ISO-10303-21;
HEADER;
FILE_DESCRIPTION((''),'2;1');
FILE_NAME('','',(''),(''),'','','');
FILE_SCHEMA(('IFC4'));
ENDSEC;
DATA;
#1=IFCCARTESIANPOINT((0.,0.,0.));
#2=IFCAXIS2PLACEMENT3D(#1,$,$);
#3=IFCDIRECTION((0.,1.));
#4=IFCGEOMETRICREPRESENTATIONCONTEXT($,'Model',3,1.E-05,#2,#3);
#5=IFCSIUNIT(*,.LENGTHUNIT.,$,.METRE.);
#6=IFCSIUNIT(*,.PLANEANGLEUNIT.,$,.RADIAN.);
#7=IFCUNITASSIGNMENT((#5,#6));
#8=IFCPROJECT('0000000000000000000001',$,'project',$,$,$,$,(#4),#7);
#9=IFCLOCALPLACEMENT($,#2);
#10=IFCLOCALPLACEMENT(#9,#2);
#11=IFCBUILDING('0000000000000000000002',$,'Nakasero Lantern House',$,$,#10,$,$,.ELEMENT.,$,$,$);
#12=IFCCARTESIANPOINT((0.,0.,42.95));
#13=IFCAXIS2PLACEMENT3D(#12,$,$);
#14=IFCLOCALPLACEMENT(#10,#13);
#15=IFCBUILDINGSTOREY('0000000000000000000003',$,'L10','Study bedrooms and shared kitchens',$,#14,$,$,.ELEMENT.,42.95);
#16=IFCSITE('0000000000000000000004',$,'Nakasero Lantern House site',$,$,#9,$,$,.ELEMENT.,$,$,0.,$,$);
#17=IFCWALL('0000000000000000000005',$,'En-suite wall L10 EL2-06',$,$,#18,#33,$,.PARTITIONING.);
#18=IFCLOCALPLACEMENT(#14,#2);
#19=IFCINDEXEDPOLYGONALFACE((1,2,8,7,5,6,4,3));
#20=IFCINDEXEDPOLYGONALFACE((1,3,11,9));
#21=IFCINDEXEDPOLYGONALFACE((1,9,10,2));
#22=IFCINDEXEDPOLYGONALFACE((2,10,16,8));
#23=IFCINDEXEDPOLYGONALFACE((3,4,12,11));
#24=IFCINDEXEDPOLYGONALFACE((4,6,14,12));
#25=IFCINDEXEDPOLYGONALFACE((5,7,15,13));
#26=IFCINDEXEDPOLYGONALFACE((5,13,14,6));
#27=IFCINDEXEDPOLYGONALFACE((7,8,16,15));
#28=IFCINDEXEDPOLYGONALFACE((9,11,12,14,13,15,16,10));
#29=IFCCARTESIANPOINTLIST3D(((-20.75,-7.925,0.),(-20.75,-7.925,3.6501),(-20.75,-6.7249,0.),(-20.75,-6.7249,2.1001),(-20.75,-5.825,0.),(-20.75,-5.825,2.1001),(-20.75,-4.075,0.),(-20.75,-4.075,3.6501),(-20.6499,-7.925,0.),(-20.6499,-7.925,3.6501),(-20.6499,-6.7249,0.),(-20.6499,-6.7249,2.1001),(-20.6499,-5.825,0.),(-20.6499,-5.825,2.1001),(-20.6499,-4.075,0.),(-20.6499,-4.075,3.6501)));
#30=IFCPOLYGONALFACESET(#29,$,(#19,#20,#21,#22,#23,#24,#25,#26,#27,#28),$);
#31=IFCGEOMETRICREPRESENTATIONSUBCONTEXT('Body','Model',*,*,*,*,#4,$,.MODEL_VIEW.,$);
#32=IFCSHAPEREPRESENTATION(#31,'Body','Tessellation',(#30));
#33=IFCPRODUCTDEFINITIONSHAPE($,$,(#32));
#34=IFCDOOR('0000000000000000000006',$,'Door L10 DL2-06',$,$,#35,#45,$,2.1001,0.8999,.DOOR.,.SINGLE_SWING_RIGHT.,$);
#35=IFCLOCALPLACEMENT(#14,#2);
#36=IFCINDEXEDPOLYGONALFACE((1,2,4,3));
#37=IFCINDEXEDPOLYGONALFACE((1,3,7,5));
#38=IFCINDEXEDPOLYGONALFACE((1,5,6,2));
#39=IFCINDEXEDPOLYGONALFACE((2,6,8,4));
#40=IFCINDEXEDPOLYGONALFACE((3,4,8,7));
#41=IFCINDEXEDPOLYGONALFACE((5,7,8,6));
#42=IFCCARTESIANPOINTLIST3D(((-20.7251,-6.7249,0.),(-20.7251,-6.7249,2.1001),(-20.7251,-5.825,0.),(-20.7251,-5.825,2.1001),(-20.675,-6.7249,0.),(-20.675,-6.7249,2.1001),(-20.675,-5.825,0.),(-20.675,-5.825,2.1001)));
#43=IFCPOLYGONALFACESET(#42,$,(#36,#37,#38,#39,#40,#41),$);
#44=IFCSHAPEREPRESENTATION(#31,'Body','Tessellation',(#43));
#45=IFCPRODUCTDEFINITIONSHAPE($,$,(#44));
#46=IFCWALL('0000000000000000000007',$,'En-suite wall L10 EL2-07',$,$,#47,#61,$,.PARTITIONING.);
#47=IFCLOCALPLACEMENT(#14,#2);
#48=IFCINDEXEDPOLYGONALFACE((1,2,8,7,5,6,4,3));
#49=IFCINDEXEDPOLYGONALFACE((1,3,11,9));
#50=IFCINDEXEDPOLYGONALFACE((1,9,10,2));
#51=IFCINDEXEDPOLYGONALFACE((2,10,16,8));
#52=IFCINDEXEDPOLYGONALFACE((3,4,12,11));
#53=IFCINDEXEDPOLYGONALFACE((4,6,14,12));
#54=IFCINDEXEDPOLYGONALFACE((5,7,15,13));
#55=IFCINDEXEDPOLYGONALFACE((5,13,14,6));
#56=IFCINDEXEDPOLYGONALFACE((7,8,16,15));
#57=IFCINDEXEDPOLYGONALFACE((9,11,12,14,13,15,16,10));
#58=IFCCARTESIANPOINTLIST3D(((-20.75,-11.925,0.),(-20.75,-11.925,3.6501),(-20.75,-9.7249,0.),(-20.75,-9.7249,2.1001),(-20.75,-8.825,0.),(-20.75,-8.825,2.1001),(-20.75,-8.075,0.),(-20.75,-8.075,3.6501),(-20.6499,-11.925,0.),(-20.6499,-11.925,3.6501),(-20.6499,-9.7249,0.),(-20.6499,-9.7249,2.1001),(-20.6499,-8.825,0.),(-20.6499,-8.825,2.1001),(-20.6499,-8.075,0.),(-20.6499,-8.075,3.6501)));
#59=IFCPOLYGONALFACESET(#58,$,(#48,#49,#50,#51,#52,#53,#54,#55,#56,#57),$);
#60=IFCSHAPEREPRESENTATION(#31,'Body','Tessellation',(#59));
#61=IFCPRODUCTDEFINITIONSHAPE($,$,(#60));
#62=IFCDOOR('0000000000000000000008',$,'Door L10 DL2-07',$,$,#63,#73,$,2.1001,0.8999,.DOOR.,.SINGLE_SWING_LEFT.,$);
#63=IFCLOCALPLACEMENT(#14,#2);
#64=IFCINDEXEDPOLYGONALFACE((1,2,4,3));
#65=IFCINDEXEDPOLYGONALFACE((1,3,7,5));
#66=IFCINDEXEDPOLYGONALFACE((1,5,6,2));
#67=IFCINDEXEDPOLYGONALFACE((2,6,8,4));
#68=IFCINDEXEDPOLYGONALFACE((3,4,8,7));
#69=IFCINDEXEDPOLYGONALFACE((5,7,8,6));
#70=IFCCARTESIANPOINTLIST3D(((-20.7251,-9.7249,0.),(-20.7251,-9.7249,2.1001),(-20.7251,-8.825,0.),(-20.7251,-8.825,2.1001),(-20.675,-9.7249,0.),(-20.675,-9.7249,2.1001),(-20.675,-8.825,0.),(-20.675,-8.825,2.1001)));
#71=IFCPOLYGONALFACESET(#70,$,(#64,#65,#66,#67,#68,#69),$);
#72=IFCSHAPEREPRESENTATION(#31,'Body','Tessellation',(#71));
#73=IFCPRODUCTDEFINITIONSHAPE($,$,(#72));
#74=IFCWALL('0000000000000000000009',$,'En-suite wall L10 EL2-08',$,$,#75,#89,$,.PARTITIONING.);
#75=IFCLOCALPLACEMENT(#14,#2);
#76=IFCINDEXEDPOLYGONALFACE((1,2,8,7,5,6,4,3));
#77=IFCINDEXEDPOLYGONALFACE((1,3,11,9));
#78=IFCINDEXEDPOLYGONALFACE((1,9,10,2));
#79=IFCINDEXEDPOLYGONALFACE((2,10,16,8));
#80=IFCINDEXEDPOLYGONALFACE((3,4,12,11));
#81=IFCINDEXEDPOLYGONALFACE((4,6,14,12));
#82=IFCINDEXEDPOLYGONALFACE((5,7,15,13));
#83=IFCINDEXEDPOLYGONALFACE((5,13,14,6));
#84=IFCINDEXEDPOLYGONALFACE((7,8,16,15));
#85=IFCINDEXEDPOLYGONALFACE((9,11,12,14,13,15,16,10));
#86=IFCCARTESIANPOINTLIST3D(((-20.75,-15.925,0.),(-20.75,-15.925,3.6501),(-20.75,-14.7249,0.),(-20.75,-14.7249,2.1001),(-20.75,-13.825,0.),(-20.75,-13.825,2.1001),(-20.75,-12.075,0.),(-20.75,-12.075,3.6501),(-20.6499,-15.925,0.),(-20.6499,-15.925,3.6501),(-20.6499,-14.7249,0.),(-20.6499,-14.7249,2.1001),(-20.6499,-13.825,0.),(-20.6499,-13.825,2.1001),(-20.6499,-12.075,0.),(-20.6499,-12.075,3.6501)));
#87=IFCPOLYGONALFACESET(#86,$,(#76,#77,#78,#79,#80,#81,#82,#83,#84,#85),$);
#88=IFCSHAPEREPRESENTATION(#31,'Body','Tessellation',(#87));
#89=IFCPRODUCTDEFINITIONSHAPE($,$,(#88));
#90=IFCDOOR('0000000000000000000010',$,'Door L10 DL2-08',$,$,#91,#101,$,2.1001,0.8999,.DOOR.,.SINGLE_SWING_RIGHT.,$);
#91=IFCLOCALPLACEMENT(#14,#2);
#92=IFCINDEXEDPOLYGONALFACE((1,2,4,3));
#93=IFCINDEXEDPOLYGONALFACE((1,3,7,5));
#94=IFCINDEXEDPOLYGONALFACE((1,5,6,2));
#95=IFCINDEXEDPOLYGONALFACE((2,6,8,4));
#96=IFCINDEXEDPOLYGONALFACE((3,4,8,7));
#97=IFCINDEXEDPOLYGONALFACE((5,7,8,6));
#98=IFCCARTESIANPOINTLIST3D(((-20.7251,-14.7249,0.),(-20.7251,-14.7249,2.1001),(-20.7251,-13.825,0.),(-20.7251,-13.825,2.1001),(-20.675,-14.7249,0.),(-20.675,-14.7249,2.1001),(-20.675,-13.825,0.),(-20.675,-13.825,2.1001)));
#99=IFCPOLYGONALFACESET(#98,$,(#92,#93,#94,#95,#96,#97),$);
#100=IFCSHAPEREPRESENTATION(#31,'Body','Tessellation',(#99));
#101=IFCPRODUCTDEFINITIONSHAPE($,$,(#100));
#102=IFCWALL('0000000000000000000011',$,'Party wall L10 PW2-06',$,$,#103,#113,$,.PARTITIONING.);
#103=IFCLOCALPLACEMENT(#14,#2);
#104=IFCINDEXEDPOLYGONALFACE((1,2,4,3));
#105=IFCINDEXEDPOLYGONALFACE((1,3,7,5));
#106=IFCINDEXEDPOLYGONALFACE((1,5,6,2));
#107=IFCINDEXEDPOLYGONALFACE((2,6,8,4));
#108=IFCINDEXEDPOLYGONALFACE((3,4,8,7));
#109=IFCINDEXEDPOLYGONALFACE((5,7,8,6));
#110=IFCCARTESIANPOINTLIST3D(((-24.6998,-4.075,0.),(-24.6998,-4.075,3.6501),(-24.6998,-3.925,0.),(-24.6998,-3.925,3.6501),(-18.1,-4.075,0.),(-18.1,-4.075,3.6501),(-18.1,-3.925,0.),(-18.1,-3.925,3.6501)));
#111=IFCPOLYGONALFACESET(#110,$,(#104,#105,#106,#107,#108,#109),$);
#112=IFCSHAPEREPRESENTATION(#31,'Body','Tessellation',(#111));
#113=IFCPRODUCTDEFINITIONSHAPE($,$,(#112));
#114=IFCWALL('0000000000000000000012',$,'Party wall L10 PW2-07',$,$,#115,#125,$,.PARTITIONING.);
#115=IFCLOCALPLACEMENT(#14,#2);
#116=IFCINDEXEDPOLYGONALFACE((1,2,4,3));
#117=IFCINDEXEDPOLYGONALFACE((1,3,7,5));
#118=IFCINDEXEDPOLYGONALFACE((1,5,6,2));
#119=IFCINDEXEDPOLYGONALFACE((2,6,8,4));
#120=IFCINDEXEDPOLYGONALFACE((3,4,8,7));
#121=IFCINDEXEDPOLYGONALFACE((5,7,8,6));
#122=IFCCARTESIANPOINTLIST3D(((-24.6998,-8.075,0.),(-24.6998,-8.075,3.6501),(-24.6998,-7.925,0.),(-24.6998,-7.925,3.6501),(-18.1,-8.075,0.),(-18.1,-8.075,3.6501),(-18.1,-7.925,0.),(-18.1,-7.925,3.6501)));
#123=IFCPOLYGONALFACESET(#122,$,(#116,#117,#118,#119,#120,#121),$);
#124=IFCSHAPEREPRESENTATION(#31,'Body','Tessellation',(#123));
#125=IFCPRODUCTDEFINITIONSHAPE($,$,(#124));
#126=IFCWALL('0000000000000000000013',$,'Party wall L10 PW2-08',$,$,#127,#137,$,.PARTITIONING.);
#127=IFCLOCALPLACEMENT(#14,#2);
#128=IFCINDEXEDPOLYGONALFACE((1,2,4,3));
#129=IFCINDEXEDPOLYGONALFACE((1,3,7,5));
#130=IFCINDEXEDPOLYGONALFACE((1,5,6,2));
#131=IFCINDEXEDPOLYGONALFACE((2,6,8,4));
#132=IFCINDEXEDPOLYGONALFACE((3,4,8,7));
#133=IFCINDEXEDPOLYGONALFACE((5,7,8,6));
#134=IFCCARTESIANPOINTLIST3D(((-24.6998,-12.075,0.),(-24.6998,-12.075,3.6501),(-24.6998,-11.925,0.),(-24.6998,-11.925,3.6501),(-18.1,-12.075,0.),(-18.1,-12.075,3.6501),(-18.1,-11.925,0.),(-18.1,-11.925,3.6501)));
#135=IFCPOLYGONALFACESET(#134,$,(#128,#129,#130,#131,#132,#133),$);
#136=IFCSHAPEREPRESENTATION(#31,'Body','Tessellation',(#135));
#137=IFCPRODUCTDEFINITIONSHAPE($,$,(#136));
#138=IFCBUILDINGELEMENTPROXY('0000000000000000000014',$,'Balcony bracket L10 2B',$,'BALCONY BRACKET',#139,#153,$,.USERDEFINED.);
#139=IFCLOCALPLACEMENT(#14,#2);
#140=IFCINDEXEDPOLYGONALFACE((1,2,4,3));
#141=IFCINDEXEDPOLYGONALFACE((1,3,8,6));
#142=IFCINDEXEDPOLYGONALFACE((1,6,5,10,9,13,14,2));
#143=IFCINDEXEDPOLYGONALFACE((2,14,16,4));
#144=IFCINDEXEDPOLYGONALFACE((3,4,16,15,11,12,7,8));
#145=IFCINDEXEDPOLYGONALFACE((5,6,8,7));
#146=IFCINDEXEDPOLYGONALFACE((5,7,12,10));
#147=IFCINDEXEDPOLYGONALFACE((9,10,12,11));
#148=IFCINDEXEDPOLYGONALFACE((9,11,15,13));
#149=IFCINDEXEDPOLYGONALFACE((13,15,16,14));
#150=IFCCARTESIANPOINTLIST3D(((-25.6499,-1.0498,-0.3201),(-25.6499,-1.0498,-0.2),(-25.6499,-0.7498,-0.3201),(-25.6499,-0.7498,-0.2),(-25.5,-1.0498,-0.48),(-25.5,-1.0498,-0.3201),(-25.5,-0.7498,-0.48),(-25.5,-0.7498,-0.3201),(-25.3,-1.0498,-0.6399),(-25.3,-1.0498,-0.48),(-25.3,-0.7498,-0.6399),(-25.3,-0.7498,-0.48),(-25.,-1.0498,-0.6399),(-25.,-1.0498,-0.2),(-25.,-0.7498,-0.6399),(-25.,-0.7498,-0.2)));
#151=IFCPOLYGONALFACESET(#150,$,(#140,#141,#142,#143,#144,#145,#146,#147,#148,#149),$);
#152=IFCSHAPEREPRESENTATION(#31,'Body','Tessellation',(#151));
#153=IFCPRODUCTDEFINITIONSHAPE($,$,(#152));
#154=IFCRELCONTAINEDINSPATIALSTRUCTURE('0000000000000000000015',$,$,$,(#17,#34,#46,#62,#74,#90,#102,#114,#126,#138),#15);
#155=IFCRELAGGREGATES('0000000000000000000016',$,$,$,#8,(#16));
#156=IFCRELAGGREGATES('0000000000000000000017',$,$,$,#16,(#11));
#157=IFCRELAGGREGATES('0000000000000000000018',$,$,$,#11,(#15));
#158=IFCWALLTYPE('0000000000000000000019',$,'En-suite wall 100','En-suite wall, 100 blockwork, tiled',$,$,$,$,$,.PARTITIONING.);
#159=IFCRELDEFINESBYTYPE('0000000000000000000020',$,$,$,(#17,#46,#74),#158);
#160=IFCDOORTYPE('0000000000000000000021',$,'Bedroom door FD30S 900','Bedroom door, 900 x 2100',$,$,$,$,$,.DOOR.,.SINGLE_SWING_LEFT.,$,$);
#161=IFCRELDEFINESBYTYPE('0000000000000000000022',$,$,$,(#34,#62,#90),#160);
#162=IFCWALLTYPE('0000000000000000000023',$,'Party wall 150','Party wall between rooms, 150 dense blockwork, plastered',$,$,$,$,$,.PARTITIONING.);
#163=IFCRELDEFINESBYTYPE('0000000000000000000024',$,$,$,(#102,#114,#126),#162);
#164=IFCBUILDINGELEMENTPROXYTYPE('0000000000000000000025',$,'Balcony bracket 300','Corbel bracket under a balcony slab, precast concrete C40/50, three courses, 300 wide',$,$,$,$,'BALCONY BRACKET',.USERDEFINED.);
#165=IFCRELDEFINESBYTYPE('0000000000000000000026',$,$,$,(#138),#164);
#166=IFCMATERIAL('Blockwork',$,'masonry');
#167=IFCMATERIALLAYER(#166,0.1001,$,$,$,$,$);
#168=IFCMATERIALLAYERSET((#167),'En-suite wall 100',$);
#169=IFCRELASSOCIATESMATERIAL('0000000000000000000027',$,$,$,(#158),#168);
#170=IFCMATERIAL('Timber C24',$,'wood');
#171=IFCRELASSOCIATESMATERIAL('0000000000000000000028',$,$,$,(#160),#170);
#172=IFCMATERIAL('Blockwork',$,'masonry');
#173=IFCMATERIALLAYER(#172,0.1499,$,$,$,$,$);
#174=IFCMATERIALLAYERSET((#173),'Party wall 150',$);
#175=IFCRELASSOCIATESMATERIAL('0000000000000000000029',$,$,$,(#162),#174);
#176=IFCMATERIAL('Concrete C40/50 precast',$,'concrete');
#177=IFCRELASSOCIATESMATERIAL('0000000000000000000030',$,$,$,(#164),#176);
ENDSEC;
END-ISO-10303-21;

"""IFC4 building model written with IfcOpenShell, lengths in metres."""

from ifc_helpers import new_model, si_unit, direction, frame, frame_2d, origin, place, context, subcontext, project, spatial, polyline, rectangle, outline, extrude, material, layer, layer_set, type_object, element, fill, save


model = new_model("IFC4")

# Units and contexts
model_context = context("Model", 3, precision=1e-05, world=origin(), true_north=direction((0.0, 1.0)))
body_context = subcontext(model_context, "Body", "Model", "MODEL_VIEW")
ifc_project = project(units=[si_unit("LENGTHUNIT", "METRE"), si_unit("PLANEANGLEUNIT", "RADIAN")], contexts=[model_context])

# Site, building, storey
site_placement = place(None, origin())
site = spatial("IfcSite", under=ifc_project, at=site_placement, Name="Nakasero Lantern House site", CompositionType="ELEMENT", RefElevation=0.0)
building_placement = place(site_placement, origin())
building = spatial("IfcBuilding", under=site, at=building_placement, Name="Nakasero Lantern House", CompositionType="ELEMENT")
storey_placement = place(building_placement, frame((0.0, 0.0, 42.95)))
storey = spatial("IfcBuildingStorey", under=building, at=storey_placement, Name="L10", Description="Study bedrooms and shared kitchens", CompositionType="ELEMENT", Elevation=42.95)

# Shared definitions
ifc_material_1 = material(Name="Blockwork", Category="masonry")
ifc_layer_1 = layer(ifc_material_1, 0.1001)
ifc_layer_set_1 = layer_set([ifc_layer_1], Name="En-suite wall 100")
wall_type_1 = type_object("IfcWallType", Name="En-suite wall 100", Description="En-suite wall, 100 blockwork, tiled", PredefinedType="PARTITIONING", material=ifc_layer_set_1)

# Walls, openings, doors
ifc_material_2 = material(Name="Timber C24", Category="wood")
door_type_1 = type_object("IfcDoorType", Name="Bedroom door FD30S 900", Description="Bedroom door, 900 x 2100", OperationType="SINGLE_SWING_LEFT", PredefinedType="DOOR", material=ifc_material_2)
wall_1_placement = place(storey_placement, frame((-20.7, -4.075, 0.0), z_axis=(0.0, 0.0, 1.0), x_axis=(0.0, -1.0, 0.0)))
wall_1 = element("IfcWall", 1, at=wall_1_placement, inside=storey, type_object=wall_type_1, Name="En-suite wall L10 EL2-06", PredefinedType="PARTITIONING", context=body_context, shape_type="SweptSolid", body=[
    extrude(rectangle(XDim=3.8501, YDim=0.1001, at=frame_2d((1.925, 0.0))), origin(), (0.0, 0.0, 1.0), 3.6501),
])
opening_1_placement = place(wall_1_placement, frame((1.75, 0.0, 0.0)))
opening_1 = element("IfcOpeningElement", 2, at=opening_1_placement, cuts=wall_1, PredefinedType="OPENING", context=body_context, shape_type="SweptSolid", body=[
    extrude(rectangle(XDim=0.8999, YDim=2.1001, at=frame_2d((0.45, 1.05))), frame((0.0, 0.0701, 0.0), z_axis=(0.0, -1.0, 0.0), x_axis=(1.0, 0.0, 0.0)), (0.0, 0.0, 1.0), 0.1401),
])
door_1_placement = place(opening_1_placement, origin())
door_1 = element("IfcDoor", 3, at=door_1_placement, inside=storey, type_object=door_type_1, Name="Door L10 DL2-06", OperationType="SINGLE_SWING_RIGHT", OverallHeight=2.1001, OverallWidth=0.8999, PredefinedType="DOOR", context=body_context, shape_type="SweptSolid", body=[
    extrude(rectangle(XDim=0.8999, YDim=2.1001, at=frame_2d((0.45, 1.05))), frame((0.0, 0.0249, 0.0), z_axis=(0.0, -1.0, 0.0), x_axis=(1.0, 0.0, 0.0)), (0.0, 0.0, 1.0), 0.05),
])
fill(opening_1, door_1)
wall_2_placement = place(storey_placement, frame((-20.7, -8.075, 0.0), z_axis=(0.0, 0.0, 1.0), x_axis=(0.0, -1.0, 0.0)))
wall_2 = element("IfcWall", 4, at=wall_2_placement, inside=storey, type_object=wall_type_1, Name="En-suite wall L10 EL2-07", PredefinedType="PARTITIONING", context=body_context, shape_type="SweptSolid", body=[
    extrude(rectangle(XDim=3.8501, YDim=0.1001, at=frame_2d((1.925, 0.0))), origin(), (0.0, 0.0, 1.0), 3.6501),
])
opening_2_placement = place(wall_2_placement, frame((0.75, 0.0, 0.0)))
opening_2 = element("IfcOpeningElement", 5, at=opening_2_placement, cuts=wall_2, PredefinedType="OPENING", context=body_context, shape_type="SweptSolid", body=[
    extrude(rectangle(XDim=0.8999, YDim=2.1001, at=frame_2d((0.45, 1.05))), frame((0.0, 0.0701, 0.0), z_axis=(0.0, -1.0, 0.0), x_axis=(1.0, 0.0, 0.0)), (0.0, 0.0, 1.0), 0.1401),
])
door_2_placement = place(opening_2_placement, origin())
door_2 = element("IfcDoor", 6, at=door_2_placement, inside=storey, type_object=door_type_1, Name="Door L10 DL2-07", OperationType="SINGLE_SWING_LEFT", OverallHeight=2.1001, OverallWidth=0.8999, PredefinedType="DOOR", context=body_context, shape_type="SweptSolid", body=[
    extrude(rectangle(XDim=0.8999, YDim=2.1001, at=frame_2d((0.45, 1.05))), frame((0.0, 0.0249, 0.0), z_axis=(0.0, -1.0, 0.0), x_axis=(1.0, 0.0, 0.0)), (0.0, 0.0, 1.0), 0.05),
])
fill(opening_2, door_2)
wall_3_placement = place(storey_placement, frame((-20.7, -12.075, 0.0), z_axis=(0.0, 0.0, 1.0), x_axis=(0.0, -1.0, 0.0)))
wall_3 = element("IfcWall", 7, at=wall_3_placement, inside=storey, type_object=wall_type_1, Name="En-suite wall L10 EL2-08", PredefinedType="PARTITIONING", context=body_context, shape_type="SweptSolid", body=[
    extrude(rectangle(XDim=3.8501, YDim=0.1001, at=frame_2d((1.925, 0.0))), origin(), (0.0, 0.0, 1.0), 3.6501),
])
opening_3_placement = place(wall_3_placement, frame((1.75, 0.0, 0.0)))
opening_3 = element("IfcOpeningElement", 8, at=opening_3_placement, cuts=wall_3, PredefinedType="OPENING", context=body_context, shape_type="SweptSolid", body=[
    extrude(rectangle(XDim=0.8999, YDim=2.1001, at=frame_2d((0.45, 1.05))), frame((0.0, 0.0701, 0.0), z_axis=(0.0, -1.0, 0.0), x_axis=(1.0, 0.0, 0.0)), (0.0, 0.0, 1.0), 0.1401),
])
door_3_placement = place(opening_3_placement, origin())
door_3 = element("IfcDoor", 9, at=door_3_placement, inside=storey, type_object=door_type_1, Name="Door L10 DL2-08", OperationType="SINGLE_SWING_RIGHT", OverallHeight=2.1001, OverallWidth=0.8999, PredefinedType="DOOR", context=body_context, shape_type="SweptSolid", body=[
    extrude(rectangle(XDim=0.8999, YDim=2.1001, at=frame_2d((0.45, 1.05))), frame((0.0, 0.0249, 0.0), z_axis=(0.0, -1.0, 0.0), x_axis=(1.0, 0.0, 0.0)), (0.0, 0.0, 1.0), 0.05),
])
fill(opening_3, door_3)

# Walls
ifc_material_3 = material(Name="Blockwork", Category="masonry")
ifc_layer_2 = layer(ifc_material_3, 0.1499)
ifc_layer_set_2 = layer_set([ifc_layer_2], Name="Party wall 150")
wall_type_2 = type_object("IfcWallType", Name="Party wall 150", Description="Party wall between rooms, 150 dense blockwork, plastered", PredefinedType="PARTITIONING", material=ifc_layer_set_2)
for number, where, z_axis, x_axis, name in (
    (10, (-18.1001, -4.0, 0.0), (0.0, 0.0, 1.0), (-1.0, 0.0, 0.0), "Party wall L10 PW2-06"),
    (11, (-18.1001, -8.0, 0.0), (0.0, 0.0, 1.0), (-1.0, 0.0, 0.0), "Party wall L10 PW2-07"),
    (12, (-18.1001, -12.0, 0.0), (0.0, 0.0, 1.0), (-1.0, 0.0, 0.0), "Party wall L10 PW2-08"),
):
    element("IfcWall", number, at=place(storey_placement, frame(where, z_axis=z_axis, x_axis=x_axis)), inside=storey, type_object=wall_type_2, Name=name, PredefinedType="PARTITIONING", context=body_context, shape_type="SweptSolid", body=[
        extrude(rectangle(XDim=6.5999, YDim=0.1499, at=frame_2d((3.2998, 0.0))), origin(), (0.0, 0.0, 1.0), 3.6501),
    ])

# Building element proxy
ifc_material_4 = material(Name="Concrete C40/50 precast", Category="concrete")
building_element_proxy_type = type_object("IfcBuildingElementProxyType", Name="Balcony bracket 300", Description="Corbel bracket under a balcony slab, precast concrete C40/50, three courses, 300 wide", ElementType="BALCONY BRACKET", PredefinedType="USERDEFINED", material=ifc_material_4)
proxy_placement = place(storey_placement, frame((-25.0, -0.8999, -0.2), z_axis=(0.0, 0.0, 1.0), x_axis=(-1.0, 0.0, 0.0)))
element("IfcBuildingElementProxy", 13, at=proxy_placement, inside=storey, type_object=building_element_proxy_type, Name="Balcony bracket L10 2B", ObjectType="BALCONY BRACKET", PredefinedType="USERDEFINED", context=body_context, shape_type="SweptSolid", body=[
    extrude(outline(polyline([(0.0, 0.0), (0.6499, 0.0), (0.6499, -0.1201), (0.5, -0.1201), (0.5, -0.28), (0.3, -0.28), (0.3, -0.4399), (0.0, -0.4399), (0.0, 0.0)])), frame((0.0, 0.1499, 0.0), z_axis=(0.0, -1.0, 0.0), x_axis=(1.0, 0.0, 0.0)), (0.0, 0.0, 1.0), 0.3),
])

save(model, "model.ifc")
